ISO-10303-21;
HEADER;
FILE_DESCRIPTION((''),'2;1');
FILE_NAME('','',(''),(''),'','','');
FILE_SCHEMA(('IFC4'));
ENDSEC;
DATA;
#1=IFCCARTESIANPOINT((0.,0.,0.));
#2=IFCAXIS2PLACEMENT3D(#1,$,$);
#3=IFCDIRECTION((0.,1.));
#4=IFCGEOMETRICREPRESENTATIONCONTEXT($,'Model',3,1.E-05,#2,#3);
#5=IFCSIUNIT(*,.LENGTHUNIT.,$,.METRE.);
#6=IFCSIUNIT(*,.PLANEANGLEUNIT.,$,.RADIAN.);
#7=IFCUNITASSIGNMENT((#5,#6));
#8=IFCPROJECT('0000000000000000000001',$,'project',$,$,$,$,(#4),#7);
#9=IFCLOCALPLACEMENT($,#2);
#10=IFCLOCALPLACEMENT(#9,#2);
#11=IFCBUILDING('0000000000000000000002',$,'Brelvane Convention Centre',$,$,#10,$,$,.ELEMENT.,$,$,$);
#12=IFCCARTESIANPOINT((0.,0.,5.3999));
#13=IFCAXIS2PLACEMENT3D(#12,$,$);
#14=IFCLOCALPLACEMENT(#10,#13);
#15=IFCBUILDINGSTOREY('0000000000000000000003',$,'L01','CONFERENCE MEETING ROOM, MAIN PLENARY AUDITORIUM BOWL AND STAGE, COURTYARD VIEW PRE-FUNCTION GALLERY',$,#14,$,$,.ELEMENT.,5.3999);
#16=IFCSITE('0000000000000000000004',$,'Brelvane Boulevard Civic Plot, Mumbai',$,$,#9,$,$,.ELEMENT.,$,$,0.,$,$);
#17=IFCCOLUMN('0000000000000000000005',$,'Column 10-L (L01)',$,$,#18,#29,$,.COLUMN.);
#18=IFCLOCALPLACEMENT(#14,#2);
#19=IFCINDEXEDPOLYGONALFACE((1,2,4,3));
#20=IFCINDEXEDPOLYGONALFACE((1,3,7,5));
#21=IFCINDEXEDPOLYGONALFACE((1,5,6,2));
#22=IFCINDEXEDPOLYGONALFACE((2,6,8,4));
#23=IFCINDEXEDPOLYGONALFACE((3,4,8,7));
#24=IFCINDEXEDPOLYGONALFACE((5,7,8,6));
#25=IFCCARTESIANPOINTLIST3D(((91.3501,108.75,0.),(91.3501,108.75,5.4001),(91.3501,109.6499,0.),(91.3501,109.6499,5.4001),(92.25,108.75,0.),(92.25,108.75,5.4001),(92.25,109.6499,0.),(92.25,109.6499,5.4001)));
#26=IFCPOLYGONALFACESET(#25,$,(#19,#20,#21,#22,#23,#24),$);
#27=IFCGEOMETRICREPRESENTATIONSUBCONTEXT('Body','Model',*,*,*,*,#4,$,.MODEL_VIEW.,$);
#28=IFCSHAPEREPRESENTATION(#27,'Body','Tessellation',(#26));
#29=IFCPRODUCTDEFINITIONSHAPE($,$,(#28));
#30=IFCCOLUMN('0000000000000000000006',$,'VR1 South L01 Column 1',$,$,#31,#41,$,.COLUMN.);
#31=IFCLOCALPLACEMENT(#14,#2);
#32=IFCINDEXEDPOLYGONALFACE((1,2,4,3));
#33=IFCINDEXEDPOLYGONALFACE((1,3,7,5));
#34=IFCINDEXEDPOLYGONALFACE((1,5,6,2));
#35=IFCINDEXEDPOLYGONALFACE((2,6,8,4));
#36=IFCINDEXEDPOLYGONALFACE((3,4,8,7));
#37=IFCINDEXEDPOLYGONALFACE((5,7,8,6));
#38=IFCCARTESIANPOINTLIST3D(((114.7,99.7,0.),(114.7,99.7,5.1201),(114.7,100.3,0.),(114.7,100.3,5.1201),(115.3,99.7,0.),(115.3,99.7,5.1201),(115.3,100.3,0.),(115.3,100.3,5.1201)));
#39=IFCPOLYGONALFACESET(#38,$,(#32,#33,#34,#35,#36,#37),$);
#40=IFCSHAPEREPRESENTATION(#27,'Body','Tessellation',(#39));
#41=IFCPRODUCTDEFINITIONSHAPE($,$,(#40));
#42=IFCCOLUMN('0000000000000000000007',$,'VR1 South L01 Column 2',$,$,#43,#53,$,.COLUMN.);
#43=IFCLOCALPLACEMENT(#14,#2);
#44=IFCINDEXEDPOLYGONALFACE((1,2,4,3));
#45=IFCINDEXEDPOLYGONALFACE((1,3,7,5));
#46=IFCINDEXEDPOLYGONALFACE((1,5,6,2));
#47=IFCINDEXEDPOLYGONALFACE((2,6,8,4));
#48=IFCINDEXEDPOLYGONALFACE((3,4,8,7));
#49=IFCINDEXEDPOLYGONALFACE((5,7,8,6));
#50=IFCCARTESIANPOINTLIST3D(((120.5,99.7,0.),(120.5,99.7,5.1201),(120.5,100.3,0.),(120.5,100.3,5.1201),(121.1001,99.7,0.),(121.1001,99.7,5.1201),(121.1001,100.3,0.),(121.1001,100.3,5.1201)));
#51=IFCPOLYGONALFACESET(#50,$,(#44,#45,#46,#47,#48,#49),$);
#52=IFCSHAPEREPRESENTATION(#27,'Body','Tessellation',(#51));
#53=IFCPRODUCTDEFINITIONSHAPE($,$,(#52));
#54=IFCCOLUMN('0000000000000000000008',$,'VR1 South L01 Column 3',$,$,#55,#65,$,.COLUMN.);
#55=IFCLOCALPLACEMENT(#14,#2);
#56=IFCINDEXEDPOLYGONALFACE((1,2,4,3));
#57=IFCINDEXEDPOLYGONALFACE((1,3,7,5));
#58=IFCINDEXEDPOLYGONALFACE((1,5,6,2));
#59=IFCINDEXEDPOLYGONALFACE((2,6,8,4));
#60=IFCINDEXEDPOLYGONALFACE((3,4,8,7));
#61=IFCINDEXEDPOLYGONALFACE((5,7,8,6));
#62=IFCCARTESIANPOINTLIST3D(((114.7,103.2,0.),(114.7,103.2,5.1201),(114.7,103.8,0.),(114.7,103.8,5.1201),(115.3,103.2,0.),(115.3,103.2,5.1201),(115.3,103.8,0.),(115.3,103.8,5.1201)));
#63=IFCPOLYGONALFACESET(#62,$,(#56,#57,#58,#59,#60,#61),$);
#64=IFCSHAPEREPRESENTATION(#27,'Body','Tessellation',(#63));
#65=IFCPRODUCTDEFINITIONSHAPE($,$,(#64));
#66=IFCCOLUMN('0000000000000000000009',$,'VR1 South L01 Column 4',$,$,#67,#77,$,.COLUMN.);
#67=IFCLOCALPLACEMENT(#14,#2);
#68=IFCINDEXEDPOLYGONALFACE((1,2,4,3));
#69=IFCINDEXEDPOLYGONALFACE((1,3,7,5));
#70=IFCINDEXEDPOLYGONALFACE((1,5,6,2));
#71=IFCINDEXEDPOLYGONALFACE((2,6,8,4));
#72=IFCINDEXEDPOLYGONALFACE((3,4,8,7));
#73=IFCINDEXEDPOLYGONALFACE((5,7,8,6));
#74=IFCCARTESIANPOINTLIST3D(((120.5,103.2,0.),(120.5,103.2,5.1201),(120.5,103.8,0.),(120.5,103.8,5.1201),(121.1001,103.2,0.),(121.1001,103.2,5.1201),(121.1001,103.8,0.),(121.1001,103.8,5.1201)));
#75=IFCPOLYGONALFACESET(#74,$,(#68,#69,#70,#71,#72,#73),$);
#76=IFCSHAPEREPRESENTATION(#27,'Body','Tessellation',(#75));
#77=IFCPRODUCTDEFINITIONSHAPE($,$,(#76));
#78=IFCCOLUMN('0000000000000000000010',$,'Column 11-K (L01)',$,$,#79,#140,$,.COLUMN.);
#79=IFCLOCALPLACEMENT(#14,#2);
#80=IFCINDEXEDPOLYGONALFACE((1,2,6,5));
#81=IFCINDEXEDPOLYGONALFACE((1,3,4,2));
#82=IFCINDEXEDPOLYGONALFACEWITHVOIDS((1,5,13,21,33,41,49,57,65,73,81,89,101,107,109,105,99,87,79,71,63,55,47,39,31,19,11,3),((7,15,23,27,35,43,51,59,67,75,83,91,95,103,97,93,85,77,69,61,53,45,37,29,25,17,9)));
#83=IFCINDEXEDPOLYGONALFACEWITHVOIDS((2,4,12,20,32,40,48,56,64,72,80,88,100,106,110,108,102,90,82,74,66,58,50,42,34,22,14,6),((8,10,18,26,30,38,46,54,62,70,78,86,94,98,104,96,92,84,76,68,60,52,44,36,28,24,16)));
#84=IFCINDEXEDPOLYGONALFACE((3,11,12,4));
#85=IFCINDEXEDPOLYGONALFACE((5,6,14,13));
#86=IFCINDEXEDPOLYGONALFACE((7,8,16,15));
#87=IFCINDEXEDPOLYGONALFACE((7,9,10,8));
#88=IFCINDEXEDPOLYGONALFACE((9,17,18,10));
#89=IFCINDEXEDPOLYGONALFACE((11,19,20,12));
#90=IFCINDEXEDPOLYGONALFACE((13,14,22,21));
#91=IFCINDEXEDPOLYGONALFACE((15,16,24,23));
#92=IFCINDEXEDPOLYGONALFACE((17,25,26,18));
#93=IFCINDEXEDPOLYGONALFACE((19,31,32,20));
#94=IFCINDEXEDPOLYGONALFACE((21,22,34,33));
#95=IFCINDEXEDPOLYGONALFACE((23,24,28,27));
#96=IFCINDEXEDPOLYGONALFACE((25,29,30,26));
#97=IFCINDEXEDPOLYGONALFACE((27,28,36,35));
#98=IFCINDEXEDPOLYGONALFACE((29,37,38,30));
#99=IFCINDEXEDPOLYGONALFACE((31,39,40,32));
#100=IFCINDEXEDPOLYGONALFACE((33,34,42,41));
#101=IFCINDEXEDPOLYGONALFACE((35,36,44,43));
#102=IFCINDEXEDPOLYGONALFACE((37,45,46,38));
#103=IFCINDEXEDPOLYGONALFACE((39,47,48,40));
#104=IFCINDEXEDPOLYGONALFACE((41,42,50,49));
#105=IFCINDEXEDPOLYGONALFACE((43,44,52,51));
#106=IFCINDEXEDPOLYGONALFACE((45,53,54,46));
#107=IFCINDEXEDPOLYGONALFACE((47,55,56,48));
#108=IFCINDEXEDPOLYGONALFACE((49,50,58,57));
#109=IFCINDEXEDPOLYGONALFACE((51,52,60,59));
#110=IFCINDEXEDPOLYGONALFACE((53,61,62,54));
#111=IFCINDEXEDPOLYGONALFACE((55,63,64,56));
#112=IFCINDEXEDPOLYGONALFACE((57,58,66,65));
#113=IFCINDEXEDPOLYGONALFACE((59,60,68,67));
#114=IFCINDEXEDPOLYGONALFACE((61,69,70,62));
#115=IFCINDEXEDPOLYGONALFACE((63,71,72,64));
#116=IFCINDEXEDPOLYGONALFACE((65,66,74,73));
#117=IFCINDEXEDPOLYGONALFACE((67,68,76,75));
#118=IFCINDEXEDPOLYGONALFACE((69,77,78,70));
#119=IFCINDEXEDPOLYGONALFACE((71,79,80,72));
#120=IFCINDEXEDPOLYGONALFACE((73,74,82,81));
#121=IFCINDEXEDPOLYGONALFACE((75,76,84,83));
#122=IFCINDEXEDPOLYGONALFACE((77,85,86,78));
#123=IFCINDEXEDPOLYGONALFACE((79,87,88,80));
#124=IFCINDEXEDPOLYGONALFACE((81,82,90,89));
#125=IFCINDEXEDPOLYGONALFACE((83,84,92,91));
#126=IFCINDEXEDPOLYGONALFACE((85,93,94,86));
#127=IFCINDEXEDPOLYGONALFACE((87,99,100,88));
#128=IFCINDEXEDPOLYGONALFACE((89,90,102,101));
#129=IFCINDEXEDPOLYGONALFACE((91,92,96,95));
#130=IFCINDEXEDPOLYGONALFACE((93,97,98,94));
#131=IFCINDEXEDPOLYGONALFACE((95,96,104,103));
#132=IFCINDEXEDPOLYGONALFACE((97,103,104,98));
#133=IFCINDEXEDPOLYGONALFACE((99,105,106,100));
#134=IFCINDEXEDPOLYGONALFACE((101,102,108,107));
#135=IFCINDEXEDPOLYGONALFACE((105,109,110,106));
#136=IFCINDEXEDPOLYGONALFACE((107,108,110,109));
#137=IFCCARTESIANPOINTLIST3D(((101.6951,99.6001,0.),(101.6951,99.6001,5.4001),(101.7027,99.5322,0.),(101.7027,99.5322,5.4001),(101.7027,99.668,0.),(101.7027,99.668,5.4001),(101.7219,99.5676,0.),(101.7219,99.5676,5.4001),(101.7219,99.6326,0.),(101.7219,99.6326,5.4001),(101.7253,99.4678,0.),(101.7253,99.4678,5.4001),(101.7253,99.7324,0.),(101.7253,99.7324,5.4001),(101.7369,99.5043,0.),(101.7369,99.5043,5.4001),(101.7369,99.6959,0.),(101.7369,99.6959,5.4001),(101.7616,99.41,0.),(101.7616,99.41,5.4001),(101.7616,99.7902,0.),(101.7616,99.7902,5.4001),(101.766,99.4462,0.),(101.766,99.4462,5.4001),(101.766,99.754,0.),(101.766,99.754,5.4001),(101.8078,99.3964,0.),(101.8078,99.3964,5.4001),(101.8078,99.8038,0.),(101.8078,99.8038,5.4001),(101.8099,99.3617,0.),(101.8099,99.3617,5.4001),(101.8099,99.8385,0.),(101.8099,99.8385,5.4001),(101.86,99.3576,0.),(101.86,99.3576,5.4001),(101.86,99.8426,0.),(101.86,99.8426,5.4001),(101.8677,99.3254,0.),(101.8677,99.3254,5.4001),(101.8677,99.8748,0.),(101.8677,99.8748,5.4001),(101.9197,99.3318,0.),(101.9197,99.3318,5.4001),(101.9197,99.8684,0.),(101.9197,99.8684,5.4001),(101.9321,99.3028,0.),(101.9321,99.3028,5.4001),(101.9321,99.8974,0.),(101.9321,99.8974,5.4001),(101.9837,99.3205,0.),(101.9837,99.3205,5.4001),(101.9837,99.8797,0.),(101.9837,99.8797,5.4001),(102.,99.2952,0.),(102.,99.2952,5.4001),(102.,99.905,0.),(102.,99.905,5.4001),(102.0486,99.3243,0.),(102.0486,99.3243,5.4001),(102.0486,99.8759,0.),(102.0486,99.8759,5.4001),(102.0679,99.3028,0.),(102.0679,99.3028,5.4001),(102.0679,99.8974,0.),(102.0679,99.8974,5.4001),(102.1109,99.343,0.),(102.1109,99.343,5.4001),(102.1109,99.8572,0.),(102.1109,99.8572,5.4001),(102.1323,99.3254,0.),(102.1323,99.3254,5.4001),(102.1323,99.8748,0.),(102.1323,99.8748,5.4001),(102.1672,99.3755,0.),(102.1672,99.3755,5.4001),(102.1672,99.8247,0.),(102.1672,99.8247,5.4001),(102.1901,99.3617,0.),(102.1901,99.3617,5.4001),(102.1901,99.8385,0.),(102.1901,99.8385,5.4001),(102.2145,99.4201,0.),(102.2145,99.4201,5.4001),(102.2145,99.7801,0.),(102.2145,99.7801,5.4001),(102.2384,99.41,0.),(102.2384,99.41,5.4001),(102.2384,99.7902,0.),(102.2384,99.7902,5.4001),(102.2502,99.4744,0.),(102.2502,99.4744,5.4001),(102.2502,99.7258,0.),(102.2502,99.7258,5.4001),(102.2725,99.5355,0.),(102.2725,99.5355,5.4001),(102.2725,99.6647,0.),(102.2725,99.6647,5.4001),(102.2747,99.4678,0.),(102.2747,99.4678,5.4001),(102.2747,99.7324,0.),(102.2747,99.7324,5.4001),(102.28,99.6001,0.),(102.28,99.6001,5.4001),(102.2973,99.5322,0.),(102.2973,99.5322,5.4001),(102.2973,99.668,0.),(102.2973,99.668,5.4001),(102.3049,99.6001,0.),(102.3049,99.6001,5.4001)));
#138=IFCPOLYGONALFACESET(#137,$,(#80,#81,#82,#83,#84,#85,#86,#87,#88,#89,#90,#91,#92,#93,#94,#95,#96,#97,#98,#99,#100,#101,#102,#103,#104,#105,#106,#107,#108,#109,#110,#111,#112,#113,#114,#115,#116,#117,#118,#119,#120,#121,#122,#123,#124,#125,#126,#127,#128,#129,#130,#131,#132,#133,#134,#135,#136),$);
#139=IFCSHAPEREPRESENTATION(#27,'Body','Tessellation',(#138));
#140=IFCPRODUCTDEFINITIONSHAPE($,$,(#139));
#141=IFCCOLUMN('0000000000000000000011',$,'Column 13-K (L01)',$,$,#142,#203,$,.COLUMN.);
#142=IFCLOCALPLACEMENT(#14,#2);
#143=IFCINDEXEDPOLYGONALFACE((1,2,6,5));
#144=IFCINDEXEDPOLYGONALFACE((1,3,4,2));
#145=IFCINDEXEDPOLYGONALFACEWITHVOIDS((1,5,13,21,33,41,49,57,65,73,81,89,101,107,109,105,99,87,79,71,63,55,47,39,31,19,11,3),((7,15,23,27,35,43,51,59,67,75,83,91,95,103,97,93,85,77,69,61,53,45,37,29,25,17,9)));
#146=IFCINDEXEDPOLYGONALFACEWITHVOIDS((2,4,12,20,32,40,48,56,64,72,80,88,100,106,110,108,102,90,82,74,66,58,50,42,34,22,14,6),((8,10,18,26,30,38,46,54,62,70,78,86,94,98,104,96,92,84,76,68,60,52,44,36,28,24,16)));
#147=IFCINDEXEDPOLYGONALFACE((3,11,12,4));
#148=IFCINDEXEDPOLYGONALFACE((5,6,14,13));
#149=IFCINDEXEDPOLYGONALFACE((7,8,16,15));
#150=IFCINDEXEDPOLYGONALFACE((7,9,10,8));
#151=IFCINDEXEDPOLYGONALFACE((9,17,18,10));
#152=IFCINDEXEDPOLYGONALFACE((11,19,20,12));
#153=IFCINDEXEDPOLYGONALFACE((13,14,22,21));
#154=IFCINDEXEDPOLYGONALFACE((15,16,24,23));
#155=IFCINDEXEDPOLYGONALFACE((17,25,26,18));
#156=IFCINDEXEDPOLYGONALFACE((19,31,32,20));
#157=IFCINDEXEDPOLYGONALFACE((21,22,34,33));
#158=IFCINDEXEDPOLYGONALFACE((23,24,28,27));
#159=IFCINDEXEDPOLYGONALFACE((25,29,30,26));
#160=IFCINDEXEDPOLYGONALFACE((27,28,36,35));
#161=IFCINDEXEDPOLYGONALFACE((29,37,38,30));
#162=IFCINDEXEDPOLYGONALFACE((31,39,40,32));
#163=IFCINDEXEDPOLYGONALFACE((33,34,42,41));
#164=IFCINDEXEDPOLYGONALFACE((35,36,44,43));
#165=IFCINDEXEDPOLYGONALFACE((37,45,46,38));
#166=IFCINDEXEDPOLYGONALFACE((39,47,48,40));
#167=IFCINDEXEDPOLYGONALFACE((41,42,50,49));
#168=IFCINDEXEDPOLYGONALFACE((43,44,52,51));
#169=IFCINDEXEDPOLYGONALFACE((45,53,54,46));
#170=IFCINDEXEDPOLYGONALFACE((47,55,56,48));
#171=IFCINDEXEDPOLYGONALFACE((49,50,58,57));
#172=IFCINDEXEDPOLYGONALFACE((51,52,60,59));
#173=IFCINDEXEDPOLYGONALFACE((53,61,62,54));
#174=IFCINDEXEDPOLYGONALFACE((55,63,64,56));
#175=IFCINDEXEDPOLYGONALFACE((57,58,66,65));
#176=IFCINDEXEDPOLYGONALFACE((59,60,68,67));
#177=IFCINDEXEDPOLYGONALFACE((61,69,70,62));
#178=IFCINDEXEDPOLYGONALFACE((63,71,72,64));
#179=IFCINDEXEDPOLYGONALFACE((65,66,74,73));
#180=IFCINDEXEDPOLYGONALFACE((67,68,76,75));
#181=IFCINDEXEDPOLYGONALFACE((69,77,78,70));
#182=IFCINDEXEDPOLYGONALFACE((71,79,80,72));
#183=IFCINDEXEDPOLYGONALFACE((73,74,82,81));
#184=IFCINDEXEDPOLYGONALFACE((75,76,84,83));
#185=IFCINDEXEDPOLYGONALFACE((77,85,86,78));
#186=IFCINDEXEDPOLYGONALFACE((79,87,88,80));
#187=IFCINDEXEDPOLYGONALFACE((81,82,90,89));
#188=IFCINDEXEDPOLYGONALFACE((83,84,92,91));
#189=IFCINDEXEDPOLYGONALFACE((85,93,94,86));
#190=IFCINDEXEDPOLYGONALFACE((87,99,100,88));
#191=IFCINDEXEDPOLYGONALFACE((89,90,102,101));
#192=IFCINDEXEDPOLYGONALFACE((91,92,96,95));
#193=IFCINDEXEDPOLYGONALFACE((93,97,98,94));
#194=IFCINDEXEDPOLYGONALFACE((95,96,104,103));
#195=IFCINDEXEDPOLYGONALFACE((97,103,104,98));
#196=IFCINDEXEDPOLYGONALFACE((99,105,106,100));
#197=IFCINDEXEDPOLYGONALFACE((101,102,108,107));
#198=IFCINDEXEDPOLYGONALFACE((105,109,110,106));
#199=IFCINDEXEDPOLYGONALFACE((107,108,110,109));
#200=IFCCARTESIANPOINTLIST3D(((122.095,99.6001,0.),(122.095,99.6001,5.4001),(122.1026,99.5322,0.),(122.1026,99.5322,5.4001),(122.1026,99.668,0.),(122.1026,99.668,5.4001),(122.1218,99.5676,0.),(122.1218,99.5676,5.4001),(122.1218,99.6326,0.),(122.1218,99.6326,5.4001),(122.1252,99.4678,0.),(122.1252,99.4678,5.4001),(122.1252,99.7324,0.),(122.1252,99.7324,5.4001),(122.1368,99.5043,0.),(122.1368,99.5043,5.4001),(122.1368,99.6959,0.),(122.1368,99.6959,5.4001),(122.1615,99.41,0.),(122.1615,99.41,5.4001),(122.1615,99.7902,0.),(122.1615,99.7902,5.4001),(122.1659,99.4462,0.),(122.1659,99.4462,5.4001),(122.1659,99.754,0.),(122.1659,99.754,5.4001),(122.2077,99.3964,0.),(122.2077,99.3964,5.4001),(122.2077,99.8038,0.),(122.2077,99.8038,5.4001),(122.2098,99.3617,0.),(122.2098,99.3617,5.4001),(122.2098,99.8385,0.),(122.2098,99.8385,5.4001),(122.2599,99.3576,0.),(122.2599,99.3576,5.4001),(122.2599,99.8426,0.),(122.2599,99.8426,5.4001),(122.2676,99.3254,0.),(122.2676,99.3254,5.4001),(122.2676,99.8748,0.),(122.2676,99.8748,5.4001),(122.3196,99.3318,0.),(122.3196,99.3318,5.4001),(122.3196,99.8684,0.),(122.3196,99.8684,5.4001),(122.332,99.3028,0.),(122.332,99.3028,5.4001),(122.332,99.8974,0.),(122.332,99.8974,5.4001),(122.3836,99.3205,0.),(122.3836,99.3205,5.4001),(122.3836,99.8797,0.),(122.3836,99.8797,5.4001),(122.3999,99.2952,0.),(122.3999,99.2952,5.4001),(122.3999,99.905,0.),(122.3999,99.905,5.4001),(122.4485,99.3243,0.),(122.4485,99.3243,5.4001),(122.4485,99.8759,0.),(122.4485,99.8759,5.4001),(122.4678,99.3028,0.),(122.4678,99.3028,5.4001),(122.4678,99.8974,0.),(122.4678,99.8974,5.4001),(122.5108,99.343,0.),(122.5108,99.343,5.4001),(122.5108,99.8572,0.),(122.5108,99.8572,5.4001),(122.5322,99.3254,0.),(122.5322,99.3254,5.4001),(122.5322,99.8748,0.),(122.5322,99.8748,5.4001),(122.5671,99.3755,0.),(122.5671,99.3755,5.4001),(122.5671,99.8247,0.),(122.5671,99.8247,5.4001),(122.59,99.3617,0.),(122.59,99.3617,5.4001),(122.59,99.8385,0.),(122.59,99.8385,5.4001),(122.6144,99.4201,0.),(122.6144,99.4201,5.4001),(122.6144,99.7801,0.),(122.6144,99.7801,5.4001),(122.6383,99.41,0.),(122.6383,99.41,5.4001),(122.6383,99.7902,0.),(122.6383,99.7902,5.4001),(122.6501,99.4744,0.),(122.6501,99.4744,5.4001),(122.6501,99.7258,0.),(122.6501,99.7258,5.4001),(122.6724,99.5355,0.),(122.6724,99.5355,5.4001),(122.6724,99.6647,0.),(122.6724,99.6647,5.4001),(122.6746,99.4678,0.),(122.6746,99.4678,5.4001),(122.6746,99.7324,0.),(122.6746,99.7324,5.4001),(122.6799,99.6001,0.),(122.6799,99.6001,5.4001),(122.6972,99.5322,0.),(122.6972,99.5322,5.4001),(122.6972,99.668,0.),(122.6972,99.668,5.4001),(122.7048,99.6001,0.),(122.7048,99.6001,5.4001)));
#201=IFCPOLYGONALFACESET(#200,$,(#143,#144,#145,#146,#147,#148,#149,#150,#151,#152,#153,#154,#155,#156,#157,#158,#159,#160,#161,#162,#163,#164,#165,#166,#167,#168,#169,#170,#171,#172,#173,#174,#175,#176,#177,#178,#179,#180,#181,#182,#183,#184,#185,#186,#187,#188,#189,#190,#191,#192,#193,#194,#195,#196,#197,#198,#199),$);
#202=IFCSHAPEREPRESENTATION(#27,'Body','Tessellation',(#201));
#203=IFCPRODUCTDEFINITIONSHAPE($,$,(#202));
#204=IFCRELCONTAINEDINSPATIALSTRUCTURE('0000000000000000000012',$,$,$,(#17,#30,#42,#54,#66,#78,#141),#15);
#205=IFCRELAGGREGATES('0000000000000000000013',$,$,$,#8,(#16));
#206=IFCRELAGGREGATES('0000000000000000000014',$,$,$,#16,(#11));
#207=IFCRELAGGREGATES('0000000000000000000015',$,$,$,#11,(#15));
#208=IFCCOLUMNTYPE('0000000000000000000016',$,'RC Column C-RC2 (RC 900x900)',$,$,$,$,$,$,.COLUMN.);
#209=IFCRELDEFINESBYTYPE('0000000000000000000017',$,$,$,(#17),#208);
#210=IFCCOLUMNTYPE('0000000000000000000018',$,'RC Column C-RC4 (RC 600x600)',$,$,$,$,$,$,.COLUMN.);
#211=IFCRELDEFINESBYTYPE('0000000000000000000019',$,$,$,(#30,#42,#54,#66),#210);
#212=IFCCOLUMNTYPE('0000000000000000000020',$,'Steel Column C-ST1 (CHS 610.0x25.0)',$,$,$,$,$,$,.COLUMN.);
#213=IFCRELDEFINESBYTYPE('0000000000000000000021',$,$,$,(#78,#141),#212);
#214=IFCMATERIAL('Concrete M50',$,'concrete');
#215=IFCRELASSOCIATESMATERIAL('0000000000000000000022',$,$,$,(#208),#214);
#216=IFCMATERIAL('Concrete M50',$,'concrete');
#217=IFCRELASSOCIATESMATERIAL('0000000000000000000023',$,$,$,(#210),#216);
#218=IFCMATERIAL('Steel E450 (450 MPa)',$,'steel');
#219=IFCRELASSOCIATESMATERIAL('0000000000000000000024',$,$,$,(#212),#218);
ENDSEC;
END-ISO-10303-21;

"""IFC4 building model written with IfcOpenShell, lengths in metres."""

from ifc_helpers import new_model, si_unit, direction, frame, origin, origin_2d, place, context, subcontext, project, spatial, rectangle, hollow_circle, extrude, material, material_profile, profile_set, type_object, element, save


model = new_model("IFC4")

# Units and contexts
model_context = context("Model", 3, precision=1e-05, world=origin(), true_north=direction((0.0, 1.0)))
body_context = subcontext(model_context, "Body", "Model", "MODEL_VIEW")
ifc_project = project(units=[si_unit("LENGTHUNIT", "METRE"), si_unit("PLANEANGLEUNIT", "RADIAN")], contexts=[model_context])

# Site, building, storey
site_placement = place(None, origin())
site = spatial("IfcSite", under=ifc_project, at=site_placement, Name="Brelvane Boulevard Civic Plot, Mumbai", CompositionType="ELEMENT", RefElevation=0.0)
building_placement = place(site_placement, origin())
building = spatial("IfcBuilding", under=site, at=building_placement, Name="Brelvane Convention Centre", CompositionType="ELEMENT")
storey_placement = place(building_placement, frame((0.0, 0.0, 5.3999)))
storey = spatial("IfcBuildingStorey", under=building, at=storey_placement, Name="L01", Description="CONFERENCE MEETING ROOM, MAIN PLENARY AUDITORIUM BOWL AND STAGE, COURTYARD VIEW PRE-FUNCTION GALLERY", CompositionType="ELEMENT", Elevation=5.3999)

# Columns
ifc_material_1 = material(Name="Concrete M50", Category="concrete")
ifc_material_profile_1 = material_profile(ifc_material_1, rectangle(XDim=0.8999, YDim=0.8999, at=origin_2d()), Name="RC 900x900")
ifc_profile_set_1 = profile_set([ifc_material_profile_1], Name="Concrete M50")
column_type_1 = type_object("IfcColumnType", Name="RC Column C-RC2 (RC 900x900)", PredefinedType="COLUMN", material=ifc_profile_set_1)
column_1_placement = place(storey_placement, frame((91.8, 109.2, 0.0), z_axis=(0.0, 0.0, 1.0), x_axis=(1.0, 0.0, 0.0)))
element("IfcColumn", 1, at=column_1_placement, inside=storey, type_object=column_type_1, Name="Column 10-L (L01)", PredefinedType="COLUMN", context=body_context, shape_type="SweptSolid", body=[
    extrude(rectangle(XDim=0.8999, YDim=0.8999, at=origin_2d()), origin(), (0.0, 0.0, 1.0), 5.4001),
])
ifc_material_2 = material(Name="Concrete M50", Category="concrete")
ifc_material_profile_2 = material_profile(ifc_material_2, rectangle(XDim=0.6001, YDim=0.6001, at=origin_2d()), Name="RC 600x600")
ifc_profile_set_2 = profile_set([ifc_material_profile_2], Name="Concrete M50")
column_type_2 = type_object("IfcColumnType", Name="RC Column C-RC4 (RC 600x600)", PredefinedType="COLUMN", material=ifc_profile_set_2)
for number, where, z_axis, x_axis, name in (
    (2, (115.0, 100.0, 0.0), (0.0, 0.0, 1.0), (1.0, 0.0, 0.0), "VR1 South L01 Column 1"),
    (3, (120.8, 100.0, 0.0), (0.0, 0.0, 1.0), (1.0, 0.0, 0.0), "VR1 South L01 Column 2"),
    (4, (115.0, 103.5, 0.0), (0.0, 0.0, 1.0), (1.0, 0.0, 0.0), "VR1 South L01 Column 3"),
    (5, (120.8, 103.5, 0.0), (0.0, 0.0, 1.0), (1.0, 0.0, 0.0), "VR1 South L01 Column 4"),
):
    element("IfcColumn", number, at=place(storey_placement, frame(where, z_axis=z_axis, x_axis=x_axis)), inside=storey, type_object=column_type_2, Name=name, PredefinedType="COLUMN", context=body_context, shape_type="SweptSolid", body=[
        extrude(rectangle(XDim=0.6001, YDim=0.6001, at=origin_2d()), origin(), (0.0, 0.0, 1.0), 5.1201),
    ])
ifc_material_3 = material(Name="Steel E450 (450 MPa)", Category="steel")
ifc_material_profile_3 = material_profile(ifc_material_3, hollow_circle(Radius=0.3049, WallThickness=0.0249, at=origin_2d()), Name="CHS 610.0x25.0")
ifc_profile_set_3 = profile_set([ifc_material_profile_3], Name="Steel E450 (450 MPa)")
column_type_3 = type_object("IfcColumnType", Name="Steel Column C-ST1 (CHS 610.0x25.0)", PredefinedType="COLUMN", material=ifc_profile_set_3)
for number, where, z_axis, x_axis, name in (
    (6, (102.0, 99.6001, 0.0), (0.0, 0.0, 1.0), (1.0, 0.0, 0.0), "Column 11-K (L01)"),
    (7, (122.3999, 99.6001, 0.0), (0.0, 0.0, 1.0), (1.0, 0.0, 0.0), "Column 13-K (L01)"),
):
    element("IfcColumn", number, at=place(storey_placement, frame(where, z_axis=z_axis, x_axis=x_axis)), inside=storey, type_object=column_type_3, Name=name, PredefinedType="COLUMN", context=body_context, shape_type="SweptSolid", body=[
        extrude(hollow_circle(Radius=0.3049, WallThickness=0.0249, at=origin_2d()), origin(), (0.0, 0.0, 1.0), 5.4001),
    ])

save(model, "model.ifc")
